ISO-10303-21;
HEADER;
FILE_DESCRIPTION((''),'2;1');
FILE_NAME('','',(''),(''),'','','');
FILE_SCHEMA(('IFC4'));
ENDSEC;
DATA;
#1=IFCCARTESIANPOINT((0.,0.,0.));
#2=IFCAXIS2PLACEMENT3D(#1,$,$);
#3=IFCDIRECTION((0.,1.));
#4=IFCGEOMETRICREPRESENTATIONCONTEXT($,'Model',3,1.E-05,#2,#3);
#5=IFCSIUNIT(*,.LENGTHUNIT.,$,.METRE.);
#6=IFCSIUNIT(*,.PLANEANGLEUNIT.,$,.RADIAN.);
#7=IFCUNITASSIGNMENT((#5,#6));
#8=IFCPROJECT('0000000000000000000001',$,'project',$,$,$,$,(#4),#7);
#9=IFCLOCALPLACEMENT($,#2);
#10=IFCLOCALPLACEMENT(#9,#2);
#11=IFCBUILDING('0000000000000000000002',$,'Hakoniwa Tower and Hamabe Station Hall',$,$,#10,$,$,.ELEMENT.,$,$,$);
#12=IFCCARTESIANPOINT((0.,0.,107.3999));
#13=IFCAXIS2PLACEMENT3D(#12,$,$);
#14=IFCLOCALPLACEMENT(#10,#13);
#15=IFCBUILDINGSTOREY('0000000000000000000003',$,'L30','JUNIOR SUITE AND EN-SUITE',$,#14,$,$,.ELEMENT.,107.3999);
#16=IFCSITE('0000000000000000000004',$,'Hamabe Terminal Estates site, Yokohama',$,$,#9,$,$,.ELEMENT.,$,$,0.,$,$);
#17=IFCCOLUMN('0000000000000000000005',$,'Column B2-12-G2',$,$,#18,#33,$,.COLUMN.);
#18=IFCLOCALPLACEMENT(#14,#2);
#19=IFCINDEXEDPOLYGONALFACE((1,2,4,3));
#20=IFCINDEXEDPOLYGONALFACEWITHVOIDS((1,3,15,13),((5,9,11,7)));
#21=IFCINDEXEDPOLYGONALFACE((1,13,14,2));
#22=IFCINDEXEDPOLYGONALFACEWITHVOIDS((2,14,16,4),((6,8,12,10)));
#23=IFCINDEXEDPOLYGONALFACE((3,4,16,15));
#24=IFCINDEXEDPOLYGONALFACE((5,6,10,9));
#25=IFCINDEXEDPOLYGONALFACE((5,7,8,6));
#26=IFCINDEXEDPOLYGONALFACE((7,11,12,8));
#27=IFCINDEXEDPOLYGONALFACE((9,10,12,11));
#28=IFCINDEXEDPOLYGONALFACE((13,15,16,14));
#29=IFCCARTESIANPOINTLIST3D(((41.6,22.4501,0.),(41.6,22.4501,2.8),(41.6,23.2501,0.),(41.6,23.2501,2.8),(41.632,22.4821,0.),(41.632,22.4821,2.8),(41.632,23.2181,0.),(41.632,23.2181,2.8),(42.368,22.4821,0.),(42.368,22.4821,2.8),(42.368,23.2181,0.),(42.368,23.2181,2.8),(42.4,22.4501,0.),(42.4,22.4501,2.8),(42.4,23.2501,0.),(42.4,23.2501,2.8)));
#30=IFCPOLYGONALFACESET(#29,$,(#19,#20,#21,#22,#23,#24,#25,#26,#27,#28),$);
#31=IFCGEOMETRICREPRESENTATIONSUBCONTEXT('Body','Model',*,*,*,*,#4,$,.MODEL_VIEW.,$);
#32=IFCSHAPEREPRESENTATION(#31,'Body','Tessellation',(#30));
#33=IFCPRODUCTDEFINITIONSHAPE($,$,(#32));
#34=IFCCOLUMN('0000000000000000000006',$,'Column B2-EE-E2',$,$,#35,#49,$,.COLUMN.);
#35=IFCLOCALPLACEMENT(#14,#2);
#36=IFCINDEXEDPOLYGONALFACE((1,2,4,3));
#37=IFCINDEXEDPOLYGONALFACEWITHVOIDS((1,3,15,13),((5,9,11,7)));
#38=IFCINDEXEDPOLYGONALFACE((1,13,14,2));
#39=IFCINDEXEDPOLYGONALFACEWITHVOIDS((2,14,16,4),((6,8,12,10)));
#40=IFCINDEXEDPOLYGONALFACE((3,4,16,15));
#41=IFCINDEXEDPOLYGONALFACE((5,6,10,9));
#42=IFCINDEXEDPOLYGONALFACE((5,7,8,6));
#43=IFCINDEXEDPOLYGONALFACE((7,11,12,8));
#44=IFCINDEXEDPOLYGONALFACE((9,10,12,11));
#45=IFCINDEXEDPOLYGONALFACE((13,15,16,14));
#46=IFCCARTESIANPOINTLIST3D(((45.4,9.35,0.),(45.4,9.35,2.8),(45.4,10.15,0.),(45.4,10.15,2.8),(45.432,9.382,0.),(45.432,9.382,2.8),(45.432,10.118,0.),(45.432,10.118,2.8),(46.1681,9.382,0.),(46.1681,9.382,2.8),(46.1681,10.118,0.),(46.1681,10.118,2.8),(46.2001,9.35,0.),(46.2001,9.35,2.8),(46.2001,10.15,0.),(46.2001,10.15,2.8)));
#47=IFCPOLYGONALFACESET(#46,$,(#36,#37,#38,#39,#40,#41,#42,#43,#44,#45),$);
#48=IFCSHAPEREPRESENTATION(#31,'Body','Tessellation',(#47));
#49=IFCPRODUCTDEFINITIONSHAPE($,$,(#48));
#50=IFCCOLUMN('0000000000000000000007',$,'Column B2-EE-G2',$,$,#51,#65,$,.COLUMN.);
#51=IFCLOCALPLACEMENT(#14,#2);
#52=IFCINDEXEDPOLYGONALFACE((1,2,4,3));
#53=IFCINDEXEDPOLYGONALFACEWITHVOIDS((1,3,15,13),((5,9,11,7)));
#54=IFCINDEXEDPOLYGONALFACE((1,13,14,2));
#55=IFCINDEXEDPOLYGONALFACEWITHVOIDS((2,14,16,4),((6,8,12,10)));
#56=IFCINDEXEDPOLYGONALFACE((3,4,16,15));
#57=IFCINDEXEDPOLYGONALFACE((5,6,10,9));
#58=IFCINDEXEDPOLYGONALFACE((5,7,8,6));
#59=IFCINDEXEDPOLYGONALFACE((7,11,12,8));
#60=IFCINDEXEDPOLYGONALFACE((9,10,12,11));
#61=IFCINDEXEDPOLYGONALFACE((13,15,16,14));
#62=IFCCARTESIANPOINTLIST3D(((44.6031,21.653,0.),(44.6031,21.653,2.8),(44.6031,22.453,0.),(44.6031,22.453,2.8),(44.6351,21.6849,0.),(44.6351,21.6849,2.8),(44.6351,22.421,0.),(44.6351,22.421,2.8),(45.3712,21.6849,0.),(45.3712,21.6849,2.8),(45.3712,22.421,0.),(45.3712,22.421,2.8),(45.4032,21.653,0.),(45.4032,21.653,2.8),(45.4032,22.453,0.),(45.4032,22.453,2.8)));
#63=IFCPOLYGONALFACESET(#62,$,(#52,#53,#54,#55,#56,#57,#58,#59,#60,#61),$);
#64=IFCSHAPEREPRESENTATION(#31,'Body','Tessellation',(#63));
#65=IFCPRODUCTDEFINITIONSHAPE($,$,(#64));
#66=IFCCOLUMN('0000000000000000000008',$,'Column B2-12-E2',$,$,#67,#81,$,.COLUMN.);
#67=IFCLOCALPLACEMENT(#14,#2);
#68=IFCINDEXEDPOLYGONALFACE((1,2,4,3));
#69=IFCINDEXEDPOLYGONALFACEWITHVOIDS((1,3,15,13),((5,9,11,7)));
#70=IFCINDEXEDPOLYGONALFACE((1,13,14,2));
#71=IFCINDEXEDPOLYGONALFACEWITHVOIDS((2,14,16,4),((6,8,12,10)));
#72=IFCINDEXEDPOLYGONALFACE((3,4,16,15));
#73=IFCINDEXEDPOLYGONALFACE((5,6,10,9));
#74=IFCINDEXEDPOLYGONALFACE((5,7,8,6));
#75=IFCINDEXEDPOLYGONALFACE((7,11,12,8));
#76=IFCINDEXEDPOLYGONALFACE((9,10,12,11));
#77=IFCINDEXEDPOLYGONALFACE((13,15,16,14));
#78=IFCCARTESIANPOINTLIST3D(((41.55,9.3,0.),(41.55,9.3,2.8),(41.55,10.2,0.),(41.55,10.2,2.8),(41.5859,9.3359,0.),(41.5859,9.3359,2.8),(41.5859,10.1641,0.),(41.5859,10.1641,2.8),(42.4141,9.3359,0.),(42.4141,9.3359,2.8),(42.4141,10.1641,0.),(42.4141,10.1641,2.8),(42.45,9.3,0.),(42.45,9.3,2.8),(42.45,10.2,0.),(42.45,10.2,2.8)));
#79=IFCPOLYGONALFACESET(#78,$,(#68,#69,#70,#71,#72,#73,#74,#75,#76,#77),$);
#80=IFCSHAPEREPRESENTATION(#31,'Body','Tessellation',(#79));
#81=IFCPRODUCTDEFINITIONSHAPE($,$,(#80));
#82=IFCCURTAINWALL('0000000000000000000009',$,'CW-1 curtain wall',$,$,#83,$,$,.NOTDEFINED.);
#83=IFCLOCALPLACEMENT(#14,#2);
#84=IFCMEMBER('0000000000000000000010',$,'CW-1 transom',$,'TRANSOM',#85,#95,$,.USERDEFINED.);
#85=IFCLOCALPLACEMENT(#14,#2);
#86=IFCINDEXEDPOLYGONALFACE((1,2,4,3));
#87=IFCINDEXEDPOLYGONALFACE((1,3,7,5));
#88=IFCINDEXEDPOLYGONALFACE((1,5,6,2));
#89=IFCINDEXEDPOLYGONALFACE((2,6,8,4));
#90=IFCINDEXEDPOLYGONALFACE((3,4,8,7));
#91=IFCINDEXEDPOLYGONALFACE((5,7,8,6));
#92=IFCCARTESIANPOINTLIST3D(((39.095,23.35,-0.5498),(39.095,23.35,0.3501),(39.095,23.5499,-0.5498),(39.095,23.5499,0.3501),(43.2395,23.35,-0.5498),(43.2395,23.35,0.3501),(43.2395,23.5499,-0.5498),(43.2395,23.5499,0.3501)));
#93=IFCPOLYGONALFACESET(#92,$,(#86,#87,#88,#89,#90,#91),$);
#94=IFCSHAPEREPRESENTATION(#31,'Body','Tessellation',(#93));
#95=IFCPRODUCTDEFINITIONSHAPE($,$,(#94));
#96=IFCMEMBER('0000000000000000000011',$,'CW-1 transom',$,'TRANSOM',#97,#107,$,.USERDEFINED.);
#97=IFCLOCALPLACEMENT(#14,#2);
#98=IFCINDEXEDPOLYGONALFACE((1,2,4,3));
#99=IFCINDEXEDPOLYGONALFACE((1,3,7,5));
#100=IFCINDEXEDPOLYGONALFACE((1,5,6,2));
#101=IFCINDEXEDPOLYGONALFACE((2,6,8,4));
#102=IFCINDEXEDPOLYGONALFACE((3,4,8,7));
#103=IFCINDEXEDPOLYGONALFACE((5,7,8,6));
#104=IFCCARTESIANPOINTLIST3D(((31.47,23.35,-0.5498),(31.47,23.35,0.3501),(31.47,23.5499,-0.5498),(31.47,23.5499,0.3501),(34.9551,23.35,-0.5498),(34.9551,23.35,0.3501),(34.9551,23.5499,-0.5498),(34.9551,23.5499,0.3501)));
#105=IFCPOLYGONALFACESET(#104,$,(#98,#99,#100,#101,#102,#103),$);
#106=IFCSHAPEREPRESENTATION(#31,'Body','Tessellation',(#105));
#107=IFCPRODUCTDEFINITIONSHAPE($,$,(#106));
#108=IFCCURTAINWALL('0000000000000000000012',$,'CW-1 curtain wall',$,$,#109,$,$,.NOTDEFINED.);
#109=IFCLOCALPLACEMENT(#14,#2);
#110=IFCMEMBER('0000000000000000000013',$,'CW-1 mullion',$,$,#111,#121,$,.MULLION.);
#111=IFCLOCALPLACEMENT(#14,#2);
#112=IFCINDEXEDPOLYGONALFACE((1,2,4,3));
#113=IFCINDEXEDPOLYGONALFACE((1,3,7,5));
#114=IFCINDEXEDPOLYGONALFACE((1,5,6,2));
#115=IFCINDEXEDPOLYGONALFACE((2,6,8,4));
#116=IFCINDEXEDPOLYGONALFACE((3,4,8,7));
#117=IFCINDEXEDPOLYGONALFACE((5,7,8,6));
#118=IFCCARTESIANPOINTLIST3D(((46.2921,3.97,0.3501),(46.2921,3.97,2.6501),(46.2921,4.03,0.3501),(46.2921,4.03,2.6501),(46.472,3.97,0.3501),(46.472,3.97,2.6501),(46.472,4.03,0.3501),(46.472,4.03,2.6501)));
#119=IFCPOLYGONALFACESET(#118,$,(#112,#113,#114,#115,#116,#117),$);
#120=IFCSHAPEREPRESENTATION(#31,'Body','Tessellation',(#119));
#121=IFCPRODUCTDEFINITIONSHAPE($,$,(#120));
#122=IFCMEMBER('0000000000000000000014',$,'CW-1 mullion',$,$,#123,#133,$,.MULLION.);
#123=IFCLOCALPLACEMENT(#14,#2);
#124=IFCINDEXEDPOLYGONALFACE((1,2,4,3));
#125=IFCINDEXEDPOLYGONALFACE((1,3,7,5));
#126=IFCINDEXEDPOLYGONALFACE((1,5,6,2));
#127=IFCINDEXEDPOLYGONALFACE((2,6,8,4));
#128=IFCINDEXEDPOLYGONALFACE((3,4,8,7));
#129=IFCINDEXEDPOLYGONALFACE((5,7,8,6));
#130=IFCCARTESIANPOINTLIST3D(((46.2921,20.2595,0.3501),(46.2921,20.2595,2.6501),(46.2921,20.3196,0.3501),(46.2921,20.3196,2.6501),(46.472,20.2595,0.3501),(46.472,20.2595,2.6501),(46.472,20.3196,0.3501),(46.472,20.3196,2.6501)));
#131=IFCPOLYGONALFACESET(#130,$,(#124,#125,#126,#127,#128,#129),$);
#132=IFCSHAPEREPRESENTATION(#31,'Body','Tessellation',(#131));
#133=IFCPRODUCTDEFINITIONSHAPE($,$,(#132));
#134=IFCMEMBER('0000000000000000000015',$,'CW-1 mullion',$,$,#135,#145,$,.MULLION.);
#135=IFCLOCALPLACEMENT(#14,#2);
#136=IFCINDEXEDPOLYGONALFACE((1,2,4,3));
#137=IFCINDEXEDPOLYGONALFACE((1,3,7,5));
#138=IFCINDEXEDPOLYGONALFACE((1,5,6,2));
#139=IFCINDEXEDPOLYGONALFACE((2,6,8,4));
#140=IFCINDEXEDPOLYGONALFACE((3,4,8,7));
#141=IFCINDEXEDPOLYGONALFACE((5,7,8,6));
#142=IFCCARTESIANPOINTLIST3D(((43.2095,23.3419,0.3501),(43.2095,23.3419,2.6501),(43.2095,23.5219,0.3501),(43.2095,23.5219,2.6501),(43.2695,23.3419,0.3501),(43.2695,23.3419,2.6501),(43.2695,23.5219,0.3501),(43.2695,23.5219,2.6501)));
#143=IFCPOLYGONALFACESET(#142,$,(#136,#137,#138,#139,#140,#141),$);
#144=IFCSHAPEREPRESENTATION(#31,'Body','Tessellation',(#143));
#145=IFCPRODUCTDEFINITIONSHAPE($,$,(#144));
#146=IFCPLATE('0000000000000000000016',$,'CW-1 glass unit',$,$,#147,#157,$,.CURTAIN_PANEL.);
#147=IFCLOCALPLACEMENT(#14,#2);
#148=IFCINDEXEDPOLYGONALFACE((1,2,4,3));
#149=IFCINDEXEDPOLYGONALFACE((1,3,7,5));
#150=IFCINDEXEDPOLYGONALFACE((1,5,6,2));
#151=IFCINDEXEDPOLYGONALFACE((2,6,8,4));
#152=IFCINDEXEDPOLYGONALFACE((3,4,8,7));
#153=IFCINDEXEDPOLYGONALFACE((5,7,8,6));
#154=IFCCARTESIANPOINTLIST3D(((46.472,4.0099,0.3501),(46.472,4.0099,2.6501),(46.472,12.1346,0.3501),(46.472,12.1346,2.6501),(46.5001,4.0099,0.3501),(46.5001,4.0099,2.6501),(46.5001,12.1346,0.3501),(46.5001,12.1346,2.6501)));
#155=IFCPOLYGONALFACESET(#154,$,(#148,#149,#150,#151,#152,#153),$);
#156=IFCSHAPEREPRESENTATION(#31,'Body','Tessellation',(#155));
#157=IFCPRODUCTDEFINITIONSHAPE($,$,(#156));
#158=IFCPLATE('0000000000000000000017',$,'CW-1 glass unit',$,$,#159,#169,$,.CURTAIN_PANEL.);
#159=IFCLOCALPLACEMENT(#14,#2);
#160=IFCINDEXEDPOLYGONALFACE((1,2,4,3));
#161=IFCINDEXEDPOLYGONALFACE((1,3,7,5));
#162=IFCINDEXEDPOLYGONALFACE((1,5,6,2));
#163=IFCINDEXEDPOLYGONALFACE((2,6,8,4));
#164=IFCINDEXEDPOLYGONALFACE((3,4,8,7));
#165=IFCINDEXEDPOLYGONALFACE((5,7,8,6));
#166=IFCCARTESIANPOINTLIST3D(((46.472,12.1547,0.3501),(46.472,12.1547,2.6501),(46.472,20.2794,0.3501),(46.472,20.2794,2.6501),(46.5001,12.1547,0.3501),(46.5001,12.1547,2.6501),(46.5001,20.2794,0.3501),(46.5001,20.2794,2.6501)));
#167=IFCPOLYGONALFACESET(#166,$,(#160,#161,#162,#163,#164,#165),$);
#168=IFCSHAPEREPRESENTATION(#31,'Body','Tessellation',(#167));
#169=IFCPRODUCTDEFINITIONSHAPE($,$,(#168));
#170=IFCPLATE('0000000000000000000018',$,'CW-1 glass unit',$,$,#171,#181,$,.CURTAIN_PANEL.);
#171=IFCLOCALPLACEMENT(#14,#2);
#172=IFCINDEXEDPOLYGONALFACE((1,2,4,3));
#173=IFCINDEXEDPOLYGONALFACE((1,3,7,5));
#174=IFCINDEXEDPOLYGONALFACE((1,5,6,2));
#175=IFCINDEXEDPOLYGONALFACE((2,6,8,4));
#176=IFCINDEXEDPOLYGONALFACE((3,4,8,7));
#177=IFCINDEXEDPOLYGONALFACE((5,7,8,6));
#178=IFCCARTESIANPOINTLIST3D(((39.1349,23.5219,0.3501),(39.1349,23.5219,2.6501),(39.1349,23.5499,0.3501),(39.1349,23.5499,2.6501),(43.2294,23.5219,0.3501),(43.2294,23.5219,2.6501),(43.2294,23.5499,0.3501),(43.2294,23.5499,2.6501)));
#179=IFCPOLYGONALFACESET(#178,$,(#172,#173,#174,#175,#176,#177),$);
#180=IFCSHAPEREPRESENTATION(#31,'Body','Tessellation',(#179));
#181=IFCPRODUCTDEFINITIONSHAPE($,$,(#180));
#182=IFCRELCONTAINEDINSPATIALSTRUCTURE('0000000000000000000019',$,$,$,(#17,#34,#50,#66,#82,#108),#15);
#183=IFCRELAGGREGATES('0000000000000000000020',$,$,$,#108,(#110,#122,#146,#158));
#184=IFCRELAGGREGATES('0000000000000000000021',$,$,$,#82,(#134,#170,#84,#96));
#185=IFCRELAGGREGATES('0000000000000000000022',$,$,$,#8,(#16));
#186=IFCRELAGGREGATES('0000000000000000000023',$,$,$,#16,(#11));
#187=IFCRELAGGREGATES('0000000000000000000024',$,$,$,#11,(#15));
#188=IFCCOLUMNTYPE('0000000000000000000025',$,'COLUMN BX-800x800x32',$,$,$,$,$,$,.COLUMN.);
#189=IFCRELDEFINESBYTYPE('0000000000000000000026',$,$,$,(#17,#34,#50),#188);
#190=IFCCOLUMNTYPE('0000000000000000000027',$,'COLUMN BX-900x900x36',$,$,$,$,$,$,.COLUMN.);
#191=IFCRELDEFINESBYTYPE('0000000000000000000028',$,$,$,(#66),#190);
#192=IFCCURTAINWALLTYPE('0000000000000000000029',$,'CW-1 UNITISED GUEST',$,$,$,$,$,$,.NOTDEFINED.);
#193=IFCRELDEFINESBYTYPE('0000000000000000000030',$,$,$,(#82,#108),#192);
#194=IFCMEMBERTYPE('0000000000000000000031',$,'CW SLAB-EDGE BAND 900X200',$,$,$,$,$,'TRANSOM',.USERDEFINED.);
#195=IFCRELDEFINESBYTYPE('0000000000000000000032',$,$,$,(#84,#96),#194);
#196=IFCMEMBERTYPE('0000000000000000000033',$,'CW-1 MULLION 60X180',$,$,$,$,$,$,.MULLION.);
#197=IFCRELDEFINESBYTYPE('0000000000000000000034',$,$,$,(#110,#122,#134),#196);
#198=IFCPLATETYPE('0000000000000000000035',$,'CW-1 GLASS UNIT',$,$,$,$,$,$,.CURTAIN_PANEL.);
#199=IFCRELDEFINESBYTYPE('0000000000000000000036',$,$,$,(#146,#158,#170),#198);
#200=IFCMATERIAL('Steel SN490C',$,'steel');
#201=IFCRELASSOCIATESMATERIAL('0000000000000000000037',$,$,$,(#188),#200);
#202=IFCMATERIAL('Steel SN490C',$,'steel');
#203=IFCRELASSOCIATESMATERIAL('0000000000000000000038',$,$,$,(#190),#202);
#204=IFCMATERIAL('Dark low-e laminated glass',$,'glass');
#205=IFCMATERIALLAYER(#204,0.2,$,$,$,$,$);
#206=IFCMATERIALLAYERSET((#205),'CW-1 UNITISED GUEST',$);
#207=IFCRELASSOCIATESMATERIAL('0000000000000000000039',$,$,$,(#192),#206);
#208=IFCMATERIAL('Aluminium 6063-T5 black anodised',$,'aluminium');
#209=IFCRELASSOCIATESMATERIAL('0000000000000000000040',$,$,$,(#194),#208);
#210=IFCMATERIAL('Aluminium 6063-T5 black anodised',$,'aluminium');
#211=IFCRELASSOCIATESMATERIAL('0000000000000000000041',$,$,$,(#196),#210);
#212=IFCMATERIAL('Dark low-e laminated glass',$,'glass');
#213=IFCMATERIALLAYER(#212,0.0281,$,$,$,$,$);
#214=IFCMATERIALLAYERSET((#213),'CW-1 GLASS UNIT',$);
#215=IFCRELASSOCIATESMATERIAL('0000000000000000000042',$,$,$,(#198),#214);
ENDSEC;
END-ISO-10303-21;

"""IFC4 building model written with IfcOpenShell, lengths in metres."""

from ifc_helpers import new_model, si_unit, direction, frame, origin, origin_2d, place, context, subcontext, project, spatial, rectangle, hollow_rectangle, extrude, material, layer, layer_set, material_profile, profile_set, type_object, element, aggregate, save


model = new_model("IFC4")

# Units and contexts
model_context = context("Model", 3, precision=1e-05, world=origin(), true_north=direction((0.0, 1.0)))
body_context = subcontext(model_context, "Body", "Model", "MODEL_VIEW")
ifc_project = project(units=[si_unit("LENGTHUNIT", "METRE"), si_unit("PLANEANGLEUNIT", "RADIAN")], contexts=[model_context])

# Site, building, storey
site_placement = place(None, origin())
site = spatial("IfcSite", under=ifc_project, at=site_placement, Name="Hamabe Terminal Estates site, Yokohama", CompositionType="ELEMENT", RefElevation=0.0)
building_placement = place(site_placement, origin())
building = spatial("IfcBuilding", under=site, at=building_placement, Name="Hakoniwa Tower and Hamabe Station Hall", CompositionType="ELEMENT")
storey_placement = place(building_placement, frame((0.0, 0.0, 107.3999)))
storey = spatial("IfcBuildingStorey", under=building, at=storey_placement, Name="L30", Description="JUNIOR SUITE AND EN-SUITE", CompositionType="ELEMENT", Elevation=107.3999)

# Columns
ifc_material_1 = material(Name="Steel SN490C", Category="steel")
ifc_material_profile_1 = material_profile(ifc_material_1, hollow_rectangle(XDim=0.8, YDim=0.8, WallThickness=0.032, at=origin_2d()), Name="BX-800x800x32")
ifc_profile_set_1 = profile_set([ifc_material_profile_1], Name="Steel SN490C")
column_type_1 = type_object("IfcColumnType", Name="COLUMN BX-800x800x32", PredefinedType="COLUMN", material=ifc_profile_set_1)
for number, where, z_axis, x_axis, name in (
    (1, (42.0, 22.8501, 0.0), (0.0, 0.0, 1.0), (1.0, 0.0, 0.0), "Column B2-12-G2"),
    (2, (45.8, 9.75, 0.0), (0.0, 0.0, 1.0), (1.0, 0.0, 0.0), "Column B2-EE-E2"),
    (3, (45.0032, 22.053, 0.0), (0.0, 0.0, 1.0), (1.0, 0.0, 0.0), "Column B2-EE-G2"),
):
    element("IfcColumn", number, at=place(storey_placement, frame(where, z_axis=z_axis, x_axis=x_axis)), inside=storey, type_object=column_type_1, Name=name, PredefinedType="COLUMN", context=body_context, shape_type="SweptSolid", body=[
        extrude(hollow_rectangle(XDim=0.8, YDim=0.8, WallThickness=0.032, at=origin_2d()), origin(), (0.0, 0.0, 1.0), 2.8),
    ])
ifc_material_2 = material(Name="Steel SN490C", Category="steel")
ifc_material_profile_2 = material_profile(ifc_material_2, hollow_rectangle(XDim=0.8999, YDim=0.8999, WallThickness=0.0359, at=origin_2d()), Name="BX-900x900x36")
ifc_profile_set_2 = profile_set([ifc_material_profile_2], Name="Steel SN490C")
column_type_2 = type_object("IfcColumnType", Name="COLUMN BX-900x900x36", PredefinedType="COLUMN", material=ifc_profile_set_2)
column_placement = place(storey_placement, frame((42.0, 9.75, 0.0), z_axis=(0.0, 0.0, 1.0), x_axis=(1.0, 0.0, 0.0)))
element("IfcColumn", 4, at=column_placement, inside=storey, type_object=column_type_2, Name="Column B2-12-E2", PredefinedType="COLUMN", context=body_context, shape_type="SweptSolid", body=[
    extrude(hollow_rectangle(XDim=0.8999, YDim=0.8999, WallThickness=0.0359, at=origin_2d()), origin(), (0.0, 0.0, 1.0), 2.8),
])

# Curtain walls, members
ifc_material_3 = material(Name="Dark low-e laminated glass", Category="glass")
ifc_layer_1 = layer(ifc_material_3, 0.2)
ifc_layer_set_1 = layer_set([ifc_layer_1], Name="CW-1 UNITISED GUEST")
curtain_wall_type = type_object("IfcCurtainWallType", Name="CW-1 UNITISED GUEST", PredefinedType="NOTDEFINED", material=ifc_layer_set_1)
curtain_wall_1_placement = place(storey_placement, origin())
curtain_wall_1 = element("IfcCurtainWall", 5, at=curtain_wall_1_placement, inside=storey, type_object=curtain_wall_type, Name="CW-1 curtain wall", PredefinedType="NOTDEFINED")
ifc_material_4 = material(Name="Aluminium 6063-T5 black anodised", Category="aluminium")
ifc_material_profile_3 = material_profile(ifc_material_4, rectangle(XDim=0.2, YDim=0.8999, at=origin_2d()), Name="CW SLAB-EDGE BAND 900X200")
ifc_profile_set_3 = profile_set([ifc_material_profile_3], Name="Aluminium 6063-T5 black anodised")
member_type_1 = type_object("IfcMemberType", Name="CW SLAB-EDGE BAND 900X200", ElementType="TRANSOM", PredefinedType="USERDEFINED", material=ifc_profile_set_3)
member_1_placement = place(storey_placement, frame((43.2395, 23.45, -0.0999), z_axis=(-1.0, 0.0, 0.0), x_axis=(0.0, -1.0, 0.0)))
member_1 = element("IfcMember", 6, at=member_1_placement, type_object=member_type_1, Name="CW-1 transom", ObjectType="TRANSOM", PredefinedType="USERDEFINED", context=body_context, shape_type="SweptSolid", body=[
    extrude(rectangle(XDim=0.2, YDim=0.8999, at=origin_2d()), origin(), (0.0, 0.0, 1.0), 4.1445),
])
member_2_placement = place(storey_placement, frame((34.9551, 23.45, -0.0999), z_axis=(-1.0, 0.0, 0.0), x_axis=(0.0, -1.0, 0.0)))
member_2 = element("IfcMember", 7, at=member_2_placement, type_object=member_type_1, Name="CW-1 transom", ObjectType="TRANSOM", PredefinedType="USERDEFINED", context=body_context, shape_type="SweptSolid", body=[
    extrude(rectangle(XDim=0.2, YDim=0.8999, at=origin_2d()), origin(), (0.0, 0.0, 1.0), 3.4851),
])
curtain_wall_2_placement = place(storey_placement, origin())
curtain_wall_2 = element("IfcCurtainWall", 8, at=curtain_wall_2_placement, inside=storey, type_object=curtain_wall_type, Name="CW-1 curtain wall", PredefinedType="NOTDEFINED")
ifc_material_5 = material(Name="Aluminium 6063-T5 black anodised", Category="aluminium")
ifc_material_profile_4 = material_profile(ifc_material_5, rectangle(XDim=0.0601, YDim=0.1799, at=origin_2d()), Name="CW-1 MULLION 60X180")
ifc_profile_set_4 = profile_set([ifc_material_profile_4], Name="Aluminium 6063-T5 black anodised")
member_type_2 = type_object("IfcMemberType", Name="CW-1 MULLION 60X180", PredefinedType="MULLION", material=ifc_profile_set_4)
member_3_placement = place(storey_placement, frame((46.3821, 4.0, 0.3501), z_axis=(0.0, 0.0, 1.0), x_axis=(0.0, 1.0, 0.0)))
member_3 = element("IfcMember", 9, at=member_3_placement, type_object=member_type_2, Name="CW-1 mullion", PredefinedType="MULLION", context=body_context, shape_type="SweptSolid", body=[
    extrude(rectangle(XDim=0.0601, YDim=0.1799, at=origin_2d()), origin(), (0.0, 0.0, 1.0), 2.3),
])
member_4_placement = place(storey_placement, frame((46.3821, 20.2896, 0.3501), z_axis=(0.0, 0.0, 1.0), x_axis=(0.0, 1.0, 0.0)))
member_4 = element("IfcMember", 10, at=member_4_placement, type_object=member_type_2, Name="CW-1 mullion", PredefinedType="MULLION", context=body_context, shape_type="SweptSolid", body=[
    extrude(rectangle(XDim=0.0601, YDim=0.1799, at=origin_2d()), origin(), (0.0, 0.0, 1.0), 2.3),
])

# Member
member_5_placement = place(storey_placement, frame((43.2395, 23.4319, 0.3501), z_axis=(0.0, 0.0, 1.0), x_axis=(-1.0, 0.0, 0.0)))
member_5 = element("IfcMember", 11, at=member_5_placement, type_object=member_type_2, Name="CW-1 mullion", PredefinedType="MULLION", context=body_context, shape_type="SweptSolid", body=[
    extrude(rectangle(XDim=0.0601, YDim=0.1799, at=origin_2d()), origin(), (0.0, 0.0, 1.0), 2.3),
])

# Plates
ifc_material_6 = material(Name="Dark low-e laminated glass", Category="glass")
ifc_layer_2 = layer(ifc_material_6, 0.0281)
ifc_layer_set_2 = layer_set([ifc_layer_2], Name="CW-1 GLASS UNIT")
plate_type = type_object("IfcPlateType", Name="CW-1 GLASS UNIT", PredefinedType="CURTAIN_PANEL", material=ifc_layer_set_2)
plate_1_placement = place(storey_placement, frame((46.4861, 8.0723, 0.3501), z_axis=(0.0, 0.0, 1.0), x_axis=(0.0, 1.0, 0.0)))
plate_1 = element("IfcPlate", 12, at=plate_1_placement, type_object=plate_type, Name="CW-1 glass unit", PredefinedType="CURTAIN_PANEL", context=body_context, shape_type="SweptSolid", body=[
    extrude(rectangle(XDim=8.1248, YDim=0.0281, at=origin_2d()), origin(), (0.0, 0.0, 1.0), 2.3),
])
plate_2_placement = place(storey_placement, frame((46.4861, 16.217, 0.3501), z_axis=(0.0, 0.0, 1.0), x_axis=(0.0, 1.0, 0.0)))
plate_2 = element("IfcPlate", 13, at=plate_2_placement, type_object=plate_type, Name="CW-1 glass unit", PredefinedType="CURTAIN_PANEL", context=body_context, shape_type="SweptSolid", body=[
    extrude(rectangle(XDim=8.1248, YDim=0.0281, at=origin_2d()), origin(), (0.0, 0.0, 1.0), 2.3),
])
aggregate(curtain_wall_2, [member_3, member_4, plate_1, plate_2])
plate_3_placement = place(storey_placement, frame((41.1821, 23.5359, 0.3501), z_axis=(0.0, 0.0, 1.0), x_axis=(-1.0, 0.0, 0.0)))
plate_3 = element("IfcPlate", 14, at=plate_3_placement, type_object=plate_type, Name="CW-1 glass unit", PredefinedType="CURTAIN_PANEL", context=body_context, shape_type="SweptSolid", body=[
    extrude(rectangle(XDim=4.0945, YDim=0.0281, at=origin_2d()), origin(), (0.0, 0.0, 1.0), 2.3),
])

aggregate(curtain_wall_1, [member_5, plate_3, member_1, member_2])

save(model, "model.ifc")
